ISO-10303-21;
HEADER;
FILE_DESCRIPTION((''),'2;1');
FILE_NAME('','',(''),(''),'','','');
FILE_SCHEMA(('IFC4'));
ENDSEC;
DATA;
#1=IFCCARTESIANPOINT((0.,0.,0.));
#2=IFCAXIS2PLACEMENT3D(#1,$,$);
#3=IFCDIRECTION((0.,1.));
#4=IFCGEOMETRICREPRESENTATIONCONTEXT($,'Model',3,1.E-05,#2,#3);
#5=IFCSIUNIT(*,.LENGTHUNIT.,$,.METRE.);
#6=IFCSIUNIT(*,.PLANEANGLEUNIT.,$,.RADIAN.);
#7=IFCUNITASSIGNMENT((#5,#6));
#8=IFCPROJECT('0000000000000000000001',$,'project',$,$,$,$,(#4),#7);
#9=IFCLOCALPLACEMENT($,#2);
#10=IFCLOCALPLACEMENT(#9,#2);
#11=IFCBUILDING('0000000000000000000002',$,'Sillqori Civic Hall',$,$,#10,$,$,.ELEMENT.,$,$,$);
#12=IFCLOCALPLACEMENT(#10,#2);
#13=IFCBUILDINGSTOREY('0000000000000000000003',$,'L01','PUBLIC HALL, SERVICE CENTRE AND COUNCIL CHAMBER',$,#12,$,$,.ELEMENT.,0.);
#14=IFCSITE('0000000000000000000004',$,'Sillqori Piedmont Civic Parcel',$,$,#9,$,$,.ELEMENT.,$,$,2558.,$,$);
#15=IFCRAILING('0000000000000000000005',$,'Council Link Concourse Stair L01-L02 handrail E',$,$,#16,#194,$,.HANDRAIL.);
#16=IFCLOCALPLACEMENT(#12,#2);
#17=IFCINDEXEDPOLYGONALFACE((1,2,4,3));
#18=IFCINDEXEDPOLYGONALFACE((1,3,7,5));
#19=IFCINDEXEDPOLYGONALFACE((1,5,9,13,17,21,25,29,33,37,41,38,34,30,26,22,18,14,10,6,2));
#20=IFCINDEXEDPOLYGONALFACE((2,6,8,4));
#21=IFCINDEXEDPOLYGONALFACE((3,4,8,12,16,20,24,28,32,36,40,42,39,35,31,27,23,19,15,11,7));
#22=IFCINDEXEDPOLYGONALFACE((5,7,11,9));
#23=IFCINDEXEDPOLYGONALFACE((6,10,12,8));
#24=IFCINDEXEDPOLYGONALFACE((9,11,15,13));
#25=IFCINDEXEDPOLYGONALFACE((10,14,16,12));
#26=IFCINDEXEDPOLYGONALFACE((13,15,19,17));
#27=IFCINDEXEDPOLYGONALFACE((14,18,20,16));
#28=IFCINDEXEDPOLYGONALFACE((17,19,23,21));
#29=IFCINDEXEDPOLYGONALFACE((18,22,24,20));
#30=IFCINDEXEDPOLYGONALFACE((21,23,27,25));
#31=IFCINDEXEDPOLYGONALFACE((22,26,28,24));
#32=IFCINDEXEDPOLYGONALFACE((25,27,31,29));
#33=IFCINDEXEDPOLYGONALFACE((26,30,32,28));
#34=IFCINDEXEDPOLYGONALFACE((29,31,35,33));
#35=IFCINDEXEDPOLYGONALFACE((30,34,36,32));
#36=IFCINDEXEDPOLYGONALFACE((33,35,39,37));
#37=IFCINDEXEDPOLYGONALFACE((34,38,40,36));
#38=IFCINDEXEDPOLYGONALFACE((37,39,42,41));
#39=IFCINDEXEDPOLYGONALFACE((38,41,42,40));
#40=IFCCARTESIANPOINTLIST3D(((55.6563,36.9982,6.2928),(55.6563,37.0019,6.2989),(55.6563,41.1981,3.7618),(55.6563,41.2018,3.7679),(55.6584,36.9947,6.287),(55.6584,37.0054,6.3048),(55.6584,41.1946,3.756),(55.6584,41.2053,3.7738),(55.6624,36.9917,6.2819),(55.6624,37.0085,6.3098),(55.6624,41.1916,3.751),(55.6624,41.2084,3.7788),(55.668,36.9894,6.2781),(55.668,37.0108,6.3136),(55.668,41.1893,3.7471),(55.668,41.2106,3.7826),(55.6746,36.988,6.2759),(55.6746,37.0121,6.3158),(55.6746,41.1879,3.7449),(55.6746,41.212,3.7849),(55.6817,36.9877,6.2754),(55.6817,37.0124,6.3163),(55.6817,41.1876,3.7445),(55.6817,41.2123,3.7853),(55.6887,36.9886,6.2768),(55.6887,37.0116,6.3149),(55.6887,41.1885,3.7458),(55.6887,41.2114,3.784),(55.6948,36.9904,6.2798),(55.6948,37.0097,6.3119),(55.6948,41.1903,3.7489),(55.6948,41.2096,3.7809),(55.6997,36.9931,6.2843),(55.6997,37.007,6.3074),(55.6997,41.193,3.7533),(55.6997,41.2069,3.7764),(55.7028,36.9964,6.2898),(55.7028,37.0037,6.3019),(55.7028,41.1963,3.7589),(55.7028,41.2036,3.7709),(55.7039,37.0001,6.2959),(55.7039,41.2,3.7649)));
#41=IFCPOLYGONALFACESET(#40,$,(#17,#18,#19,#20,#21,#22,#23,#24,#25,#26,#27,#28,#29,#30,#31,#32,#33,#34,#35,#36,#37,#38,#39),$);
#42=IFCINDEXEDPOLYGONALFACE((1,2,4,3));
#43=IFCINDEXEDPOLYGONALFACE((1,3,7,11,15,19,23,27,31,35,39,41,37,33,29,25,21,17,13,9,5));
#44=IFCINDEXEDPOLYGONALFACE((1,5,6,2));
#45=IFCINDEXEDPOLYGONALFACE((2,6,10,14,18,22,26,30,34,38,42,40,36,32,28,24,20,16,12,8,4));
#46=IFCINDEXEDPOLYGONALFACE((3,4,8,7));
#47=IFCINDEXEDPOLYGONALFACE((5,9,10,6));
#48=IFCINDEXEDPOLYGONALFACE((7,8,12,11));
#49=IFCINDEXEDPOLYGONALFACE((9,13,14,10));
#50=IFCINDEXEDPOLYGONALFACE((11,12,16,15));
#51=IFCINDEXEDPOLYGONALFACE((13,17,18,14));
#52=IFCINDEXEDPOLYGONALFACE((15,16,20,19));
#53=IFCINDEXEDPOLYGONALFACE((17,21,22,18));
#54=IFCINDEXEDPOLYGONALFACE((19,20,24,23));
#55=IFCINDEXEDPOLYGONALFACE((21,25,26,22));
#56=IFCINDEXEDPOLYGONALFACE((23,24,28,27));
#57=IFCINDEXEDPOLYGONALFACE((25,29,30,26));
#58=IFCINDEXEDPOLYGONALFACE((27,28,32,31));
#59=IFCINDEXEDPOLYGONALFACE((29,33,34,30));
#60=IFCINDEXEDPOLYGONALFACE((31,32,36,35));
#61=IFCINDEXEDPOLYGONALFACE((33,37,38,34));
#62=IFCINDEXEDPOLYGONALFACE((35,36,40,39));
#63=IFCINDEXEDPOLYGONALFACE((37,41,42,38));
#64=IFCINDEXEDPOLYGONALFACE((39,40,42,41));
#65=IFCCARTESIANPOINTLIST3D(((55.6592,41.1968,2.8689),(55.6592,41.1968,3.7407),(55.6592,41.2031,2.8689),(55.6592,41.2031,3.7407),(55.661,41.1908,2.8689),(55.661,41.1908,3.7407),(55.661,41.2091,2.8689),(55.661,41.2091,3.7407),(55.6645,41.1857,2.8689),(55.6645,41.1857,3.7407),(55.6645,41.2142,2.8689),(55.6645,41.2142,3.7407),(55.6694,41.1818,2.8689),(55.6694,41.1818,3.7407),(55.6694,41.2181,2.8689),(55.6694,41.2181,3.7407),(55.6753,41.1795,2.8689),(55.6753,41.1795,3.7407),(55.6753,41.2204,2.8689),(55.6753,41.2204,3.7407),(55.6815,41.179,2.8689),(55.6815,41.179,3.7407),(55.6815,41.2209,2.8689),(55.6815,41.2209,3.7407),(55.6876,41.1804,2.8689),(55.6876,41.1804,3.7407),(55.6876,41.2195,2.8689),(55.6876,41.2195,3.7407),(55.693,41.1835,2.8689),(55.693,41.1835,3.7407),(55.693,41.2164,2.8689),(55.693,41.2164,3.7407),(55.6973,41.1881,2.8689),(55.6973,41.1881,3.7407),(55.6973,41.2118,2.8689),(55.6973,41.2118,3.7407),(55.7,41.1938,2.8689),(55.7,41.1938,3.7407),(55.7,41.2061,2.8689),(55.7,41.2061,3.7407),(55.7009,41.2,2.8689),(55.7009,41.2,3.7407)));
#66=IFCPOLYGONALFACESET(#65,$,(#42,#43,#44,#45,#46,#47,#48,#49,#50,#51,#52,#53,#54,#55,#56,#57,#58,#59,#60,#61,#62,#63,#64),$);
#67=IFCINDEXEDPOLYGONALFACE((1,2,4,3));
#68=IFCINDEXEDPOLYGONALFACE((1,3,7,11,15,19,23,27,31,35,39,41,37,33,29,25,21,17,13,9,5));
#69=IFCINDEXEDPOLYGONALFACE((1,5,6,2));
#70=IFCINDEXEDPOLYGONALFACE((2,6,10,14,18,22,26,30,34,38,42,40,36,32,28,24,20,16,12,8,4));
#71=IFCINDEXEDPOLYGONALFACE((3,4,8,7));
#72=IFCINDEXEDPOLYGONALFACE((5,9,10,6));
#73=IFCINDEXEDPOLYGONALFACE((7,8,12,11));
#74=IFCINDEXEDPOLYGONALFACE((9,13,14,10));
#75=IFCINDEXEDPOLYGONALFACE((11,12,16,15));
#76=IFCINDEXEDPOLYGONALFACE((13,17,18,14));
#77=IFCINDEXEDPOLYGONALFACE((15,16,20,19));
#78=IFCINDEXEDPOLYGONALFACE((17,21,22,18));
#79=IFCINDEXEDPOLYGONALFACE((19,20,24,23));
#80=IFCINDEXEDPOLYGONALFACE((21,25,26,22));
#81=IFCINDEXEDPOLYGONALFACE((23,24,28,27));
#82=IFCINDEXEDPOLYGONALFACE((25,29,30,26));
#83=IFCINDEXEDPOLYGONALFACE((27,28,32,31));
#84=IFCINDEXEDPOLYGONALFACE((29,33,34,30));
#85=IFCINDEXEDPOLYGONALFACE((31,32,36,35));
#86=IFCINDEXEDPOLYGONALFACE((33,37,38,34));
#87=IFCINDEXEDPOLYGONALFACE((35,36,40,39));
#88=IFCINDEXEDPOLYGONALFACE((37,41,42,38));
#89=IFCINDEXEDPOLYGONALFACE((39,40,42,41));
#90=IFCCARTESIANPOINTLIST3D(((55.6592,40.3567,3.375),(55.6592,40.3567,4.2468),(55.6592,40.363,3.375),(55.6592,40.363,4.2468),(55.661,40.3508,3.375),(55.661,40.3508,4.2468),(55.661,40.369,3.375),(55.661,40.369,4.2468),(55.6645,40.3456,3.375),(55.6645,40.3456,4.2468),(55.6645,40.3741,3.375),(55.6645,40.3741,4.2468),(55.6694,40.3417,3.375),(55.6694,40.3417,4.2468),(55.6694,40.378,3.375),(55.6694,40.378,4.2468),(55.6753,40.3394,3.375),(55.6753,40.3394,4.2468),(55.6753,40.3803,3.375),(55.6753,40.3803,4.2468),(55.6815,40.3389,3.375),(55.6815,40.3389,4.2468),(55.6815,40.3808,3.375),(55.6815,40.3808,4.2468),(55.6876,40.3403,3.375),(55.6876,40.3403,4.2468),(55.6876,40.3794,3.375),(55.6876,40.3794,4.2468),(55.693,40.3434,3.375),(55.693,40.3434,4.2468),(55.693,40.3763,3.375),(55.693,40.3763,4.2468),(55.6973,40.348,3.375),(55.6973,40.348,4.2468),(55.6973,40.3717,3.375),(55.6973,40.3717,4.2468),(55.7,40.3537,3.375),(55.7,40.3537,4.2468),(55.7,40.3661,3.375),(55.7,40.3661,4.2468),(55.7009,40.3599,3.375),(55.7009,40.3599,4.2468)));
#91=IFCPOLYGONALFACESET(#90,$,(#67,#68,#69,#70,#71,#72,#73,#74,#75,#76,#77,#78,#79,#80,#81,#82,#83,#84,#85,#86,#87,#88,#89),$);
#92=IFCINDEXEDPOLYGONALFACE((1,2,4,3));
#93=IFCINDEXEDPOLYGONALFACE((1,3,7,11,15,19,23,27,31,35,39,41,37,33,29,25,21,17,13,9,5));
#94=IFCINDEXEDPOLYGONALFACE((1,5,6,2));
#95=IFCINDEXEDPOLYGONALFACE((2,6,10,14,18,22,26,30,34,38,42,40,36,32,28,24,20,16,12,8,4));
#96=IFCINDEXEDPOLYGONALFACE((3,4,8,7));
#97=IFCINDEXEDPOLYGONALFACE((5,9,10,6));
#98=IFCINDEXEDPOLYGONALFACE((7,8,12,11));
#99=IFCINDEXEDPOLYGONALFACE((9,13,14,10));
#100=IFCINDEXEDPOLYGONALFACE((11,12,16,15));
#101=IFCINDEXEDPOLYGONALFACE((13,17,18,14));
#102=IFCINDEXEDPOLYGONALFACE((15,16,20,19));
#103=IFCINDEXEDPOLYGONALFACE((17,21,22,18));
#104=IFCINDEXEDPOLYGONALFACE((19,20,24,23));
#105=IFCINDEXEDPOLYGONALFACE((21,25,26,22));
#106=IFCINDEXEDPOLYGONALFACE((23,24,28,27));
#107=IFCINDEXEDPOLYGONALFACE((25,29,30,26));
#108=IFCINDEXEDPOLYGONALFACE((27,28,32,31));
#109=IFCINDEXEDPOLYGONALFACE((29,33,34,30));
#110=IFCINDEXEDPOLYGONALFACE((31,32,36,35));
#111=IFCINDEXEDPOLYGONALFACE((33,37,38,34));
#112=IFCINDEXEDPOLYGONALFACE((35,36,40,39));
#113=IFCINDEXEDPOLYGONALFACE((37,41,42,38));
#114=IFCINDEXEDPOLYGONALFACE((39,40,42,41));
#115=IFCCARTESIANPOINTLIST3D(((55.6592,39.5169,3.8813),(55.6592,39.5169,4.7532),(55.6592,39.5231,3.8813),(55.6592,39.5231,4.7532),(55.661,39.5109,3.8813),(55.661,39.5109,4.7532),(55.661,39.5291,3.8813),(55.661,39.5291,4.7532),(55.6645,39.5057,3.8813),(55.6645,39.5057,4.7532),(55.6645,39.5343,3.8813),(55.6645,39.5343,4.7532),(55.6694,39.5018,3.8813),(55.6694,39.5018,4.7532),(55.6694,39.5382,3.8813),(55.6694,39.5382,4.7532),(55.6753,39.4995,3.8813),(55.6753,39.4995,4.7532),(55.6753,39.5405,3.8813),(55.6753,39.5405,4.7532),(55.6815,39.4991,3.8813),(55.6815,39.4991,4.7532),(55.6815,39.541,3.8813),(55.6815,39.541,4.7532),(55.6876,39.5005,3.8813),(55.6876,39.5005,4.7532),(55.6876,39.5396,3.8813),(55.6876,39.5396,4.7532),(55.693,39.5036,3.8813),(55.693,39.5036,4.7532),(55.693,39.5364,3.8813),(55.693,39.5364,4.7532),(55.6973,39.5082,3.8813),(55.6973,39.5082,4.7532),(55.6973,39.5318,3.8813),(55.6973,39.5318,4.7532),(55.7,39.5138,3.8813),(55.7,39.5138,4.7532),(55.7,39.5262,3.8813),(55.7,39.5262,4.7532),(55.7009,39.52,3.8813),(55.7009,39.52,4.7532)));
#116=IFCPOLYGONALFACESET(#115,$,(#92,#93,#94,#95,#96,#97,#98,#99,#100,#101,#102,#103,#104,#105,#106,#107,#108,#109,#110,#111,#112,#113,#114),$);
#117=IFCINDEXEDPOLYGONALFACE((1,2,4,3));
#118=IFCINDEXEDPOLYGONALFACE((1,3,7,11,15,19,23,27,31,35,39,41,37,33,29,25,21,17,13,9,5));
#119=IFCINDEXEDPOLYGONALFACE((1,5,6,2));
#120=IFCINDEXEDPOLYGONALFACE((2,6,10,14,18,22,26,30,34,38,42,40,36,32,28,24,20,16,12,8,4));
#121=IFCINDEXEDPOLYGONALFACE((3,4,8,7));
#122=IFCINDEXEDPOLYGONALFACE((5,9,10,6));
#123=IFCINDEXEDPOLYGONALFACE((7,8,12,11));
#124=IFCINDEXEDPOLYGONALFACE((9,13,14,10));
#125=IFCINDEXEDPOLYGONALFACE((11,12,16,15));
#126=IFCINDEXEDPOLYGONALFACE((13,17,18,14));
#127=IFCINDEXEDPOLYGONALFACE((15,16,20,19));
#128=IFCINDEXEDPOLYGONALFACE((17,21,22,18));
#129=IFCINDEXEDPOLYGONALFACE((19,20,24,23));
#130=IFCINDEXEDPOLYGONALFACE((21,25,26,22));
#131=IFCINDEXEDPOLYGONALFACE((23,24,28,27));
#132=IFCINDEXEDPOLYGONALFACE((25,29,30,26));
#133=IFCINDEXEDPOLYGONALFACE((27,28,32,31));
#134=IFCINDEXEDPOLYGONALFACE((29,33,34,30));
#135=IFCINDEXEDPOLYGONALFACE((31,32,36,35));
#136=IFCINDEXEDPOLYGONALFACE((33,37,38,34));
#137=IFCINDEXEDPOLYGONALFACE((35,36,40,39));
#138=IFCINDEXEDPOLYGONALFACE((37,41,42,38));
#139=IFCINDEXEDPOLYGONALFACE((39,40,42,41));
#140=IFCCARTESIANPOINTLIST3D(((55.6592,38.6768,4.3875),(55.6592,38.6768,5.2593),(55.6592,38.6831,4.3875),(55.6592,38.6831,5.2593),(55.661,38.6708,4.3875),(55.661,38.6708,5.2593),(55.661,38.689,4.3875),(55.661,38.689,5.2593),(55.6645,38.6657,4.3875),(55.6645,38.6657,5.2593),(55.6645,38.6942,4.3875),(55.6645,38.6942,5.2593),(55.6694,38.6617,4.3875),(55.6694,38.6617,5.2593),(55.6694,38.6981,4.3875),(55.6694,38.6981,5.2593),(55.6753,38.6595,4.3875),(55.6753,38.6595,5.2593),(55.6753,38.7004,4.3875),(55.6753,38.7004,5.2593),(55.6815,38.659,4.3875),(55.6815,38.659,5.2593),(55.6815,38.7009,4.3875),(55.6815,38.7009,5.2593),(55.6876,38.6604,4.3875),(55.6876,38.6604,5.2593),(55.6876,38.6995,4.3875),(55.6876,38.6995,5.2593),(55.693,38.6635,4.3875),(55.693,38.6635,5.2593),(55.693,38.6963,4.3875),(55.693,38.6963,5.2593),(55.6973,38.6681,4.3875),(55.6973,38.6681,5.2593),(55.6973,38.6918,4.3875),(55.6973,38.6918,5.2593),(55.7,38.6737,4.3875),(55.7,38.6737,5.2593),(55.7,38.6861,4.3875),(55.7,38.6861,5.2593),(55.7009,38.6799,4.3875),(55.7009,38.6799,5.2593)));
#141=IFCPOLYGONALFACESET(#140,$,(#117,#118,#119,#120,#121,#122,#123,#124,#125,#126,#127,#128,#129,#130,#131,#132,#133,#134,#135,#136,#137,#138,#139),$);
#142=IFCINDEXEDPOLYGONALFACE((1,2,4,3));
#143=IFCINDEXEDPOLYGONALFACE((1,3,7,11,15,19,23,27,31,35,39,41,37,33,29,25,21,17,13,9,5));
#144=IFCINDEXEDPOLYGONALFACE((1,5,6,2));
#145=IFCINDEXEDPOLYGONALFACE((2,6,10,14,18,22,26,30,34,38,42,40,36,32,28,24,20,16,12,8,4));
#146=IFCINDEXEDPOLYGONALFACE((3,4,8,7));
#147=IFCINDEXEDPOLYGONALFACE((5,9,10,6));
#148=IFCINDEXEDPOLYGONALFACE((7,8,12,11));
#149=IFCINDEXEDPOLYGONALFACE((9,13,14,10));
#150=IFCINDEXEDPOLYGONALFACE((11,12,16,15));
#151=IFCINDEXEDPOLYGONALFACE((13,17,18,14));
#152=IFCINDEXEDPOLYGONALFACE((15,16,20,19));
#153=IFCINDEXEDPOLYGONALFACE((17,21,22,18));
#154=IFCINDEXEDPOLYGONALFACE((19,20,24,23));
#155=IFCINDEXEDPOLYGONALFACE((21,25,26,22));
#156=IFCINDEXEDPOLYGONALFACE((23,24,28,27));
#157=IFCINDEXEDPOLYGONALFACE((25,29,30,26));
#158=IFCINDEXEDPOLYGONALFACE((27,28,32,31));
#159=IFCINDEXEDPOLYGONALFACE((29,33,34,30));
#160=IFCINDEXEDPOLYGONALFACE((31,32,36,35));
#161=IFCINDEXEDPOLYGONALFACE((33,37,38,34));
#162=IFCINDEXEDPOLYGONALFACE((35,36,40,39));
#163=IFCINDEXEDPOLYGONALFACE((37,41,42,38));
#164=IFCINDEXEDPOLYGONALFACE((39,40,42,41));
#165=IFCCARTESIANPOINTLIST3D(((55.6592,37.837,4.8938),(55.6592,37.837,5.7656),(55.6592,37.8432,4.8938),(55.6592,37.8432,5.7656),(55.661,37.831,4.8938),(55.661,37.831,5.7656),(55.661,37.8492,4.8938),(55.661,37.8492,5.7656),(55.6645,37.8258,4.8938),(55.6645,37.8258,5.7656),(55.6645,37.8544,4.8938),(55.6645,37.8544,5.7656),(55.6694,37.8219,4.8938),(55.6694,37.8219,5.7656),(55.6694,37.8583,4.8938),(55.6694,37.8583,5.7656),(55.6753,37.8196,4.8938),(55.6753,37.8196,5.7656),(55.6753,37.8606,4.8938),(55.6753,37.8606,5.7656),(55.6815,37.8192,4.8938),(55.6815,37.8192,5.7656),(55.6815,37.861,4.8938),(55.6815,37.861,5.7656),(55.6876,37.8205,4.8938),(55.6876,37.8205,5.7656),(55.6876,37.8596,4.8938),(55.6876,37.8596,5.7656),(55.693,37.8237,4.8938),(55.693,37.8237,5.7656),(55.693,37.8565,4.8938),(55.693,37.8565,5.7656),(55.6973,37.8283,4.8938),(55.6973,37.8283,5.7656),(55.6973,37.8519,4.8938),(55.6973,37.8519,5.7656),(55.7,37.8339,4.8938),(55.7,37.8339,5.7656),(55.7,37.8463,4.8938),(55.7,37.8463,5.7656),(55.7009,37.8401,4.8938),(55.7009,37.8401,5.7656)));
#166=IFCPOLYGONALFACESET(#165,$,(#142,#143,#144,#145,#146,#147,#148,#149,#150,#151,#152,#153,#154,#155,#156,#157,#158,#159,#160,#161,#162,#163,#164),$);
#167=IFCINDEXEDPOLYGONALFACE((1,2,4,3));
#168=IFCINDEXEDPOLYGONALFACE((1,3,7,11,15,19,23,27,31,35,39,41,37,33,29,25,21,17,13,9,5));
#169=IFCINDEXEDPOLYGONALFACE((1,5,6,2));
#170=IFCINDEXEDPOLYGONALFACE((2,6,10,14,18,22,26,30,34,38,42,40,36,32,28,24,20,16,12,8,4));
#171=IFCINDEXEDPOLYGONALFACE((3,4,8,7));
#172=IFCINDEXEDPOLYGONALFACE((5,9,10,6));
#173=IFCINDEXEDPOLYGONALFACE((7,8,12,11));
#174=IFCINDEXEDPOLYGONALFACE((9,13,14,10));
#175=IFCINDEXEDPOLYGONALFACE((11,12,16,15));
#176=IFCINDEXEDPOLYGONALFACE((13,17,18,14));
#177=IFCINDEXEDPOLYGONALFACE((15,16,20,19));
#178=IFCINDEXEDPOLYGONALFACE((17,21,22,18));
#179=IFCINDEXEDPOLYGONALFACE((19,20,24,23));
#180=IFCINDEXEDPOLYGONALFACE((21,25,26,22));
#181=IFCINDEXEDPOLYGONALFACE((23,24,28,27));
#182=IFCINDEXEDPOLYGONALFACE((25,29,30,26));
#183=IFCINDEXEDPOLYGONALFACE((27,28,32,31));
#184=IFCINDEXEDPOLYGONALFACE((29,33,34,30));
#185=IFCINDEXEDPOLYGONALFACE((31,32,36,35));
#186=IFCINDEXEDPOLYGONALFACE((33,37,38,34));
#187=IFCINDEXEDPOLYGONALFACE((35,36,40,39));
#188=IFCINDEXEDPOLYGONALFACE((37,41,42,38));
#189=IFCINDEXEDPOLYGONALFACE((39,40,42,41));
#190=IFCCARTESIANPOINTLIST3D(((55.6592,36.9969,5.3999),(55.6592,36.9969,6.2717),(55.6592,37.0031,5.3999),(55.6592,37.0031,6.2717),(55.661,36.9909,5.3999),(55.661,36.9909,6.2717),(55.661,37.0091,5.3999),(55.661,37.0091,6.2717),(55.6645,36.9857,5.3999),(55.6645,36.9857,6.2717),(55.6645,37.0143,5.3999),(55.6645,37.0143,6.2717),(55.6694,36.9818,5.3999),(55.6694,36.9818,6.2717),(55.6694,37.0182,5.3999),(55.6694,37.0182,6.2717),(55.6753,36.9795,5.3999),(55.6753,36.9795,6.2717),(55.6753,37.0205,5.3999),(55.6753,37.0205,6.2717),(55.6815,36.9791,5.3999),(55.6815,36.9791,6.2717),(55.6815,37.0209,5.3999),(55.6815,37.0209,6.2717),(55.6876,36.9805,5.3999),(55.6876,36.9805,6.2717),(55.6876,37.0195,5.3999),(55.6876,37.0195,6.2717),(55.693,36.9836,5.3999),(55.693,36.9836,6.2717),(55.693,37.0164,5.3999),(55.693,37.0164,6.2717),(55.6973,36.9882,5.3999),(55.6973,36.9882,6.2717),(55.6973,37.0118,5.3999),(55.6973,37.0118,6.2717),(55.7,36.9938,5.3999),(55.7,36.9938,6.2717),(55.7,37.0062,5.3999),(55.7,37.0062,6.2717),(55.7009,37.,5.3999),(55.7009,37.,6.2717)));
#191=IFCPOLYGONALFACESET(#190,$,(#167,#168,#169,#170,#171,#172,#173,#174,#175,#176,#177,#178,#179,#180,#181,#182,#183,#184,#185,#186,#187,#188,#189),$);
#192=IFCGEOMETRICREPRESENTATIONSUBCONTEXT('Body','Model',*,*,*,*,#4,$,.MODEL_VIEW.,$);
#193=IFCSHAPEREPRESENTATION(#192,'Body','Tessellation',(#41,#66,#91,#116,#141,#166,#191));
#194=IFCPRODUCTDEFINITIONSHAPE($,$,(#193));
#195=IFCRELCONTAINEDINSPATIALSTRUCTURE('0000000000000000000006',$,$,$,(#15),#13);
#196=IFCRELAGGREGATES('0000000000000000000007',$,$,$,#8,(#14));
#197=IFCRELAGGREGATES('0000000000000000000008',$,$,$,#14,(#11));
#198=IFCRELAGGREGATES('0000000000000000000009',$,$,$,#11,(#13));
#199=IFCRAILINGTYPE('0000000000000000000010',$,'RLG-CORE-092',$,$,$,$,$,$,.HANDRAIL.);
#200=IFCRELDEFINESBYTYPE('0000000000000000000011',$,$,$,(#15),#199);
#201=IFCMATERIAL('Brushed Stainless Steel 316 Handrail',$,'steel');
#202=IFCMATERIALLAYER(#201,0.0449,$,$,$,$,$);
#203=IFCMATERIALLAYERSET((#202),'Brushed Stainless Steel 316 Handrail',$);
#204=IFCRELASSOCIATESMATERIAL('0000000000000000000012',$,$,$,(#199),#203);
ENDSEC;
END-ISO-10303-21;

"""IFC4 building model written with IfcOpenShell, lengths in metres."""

from ifc_helpers import new_model, si_unit, direction, frame, origin, origin_2d, place, context, subcontext, project, spatial, circle, extrude, material, layer, layer_set, type_object, element, save


model = new_model("IFC4")

# Units and contexts
model_context = context("Model", 3, precision=1e-05, world=origin(), true_north=direction((0.0, 1.0)))
body_context = subcontext(model_context, "Body", "Model", "MODEL_VIEW")
ifc_project = project(units=[si_unit("LENGTHUNIT", "METRE"), si_unit("PLANEANGLEUNIT", "RADIAN")], contexts=[model_context])

# Site, building, storey
site_placement = place(None, origin())
site = spatial("IfcSite", under=ifc_project, at=site_placement, Name="Sillqori Piedmont Civic Parcel", CompositionType="ELEMENT", RefElevation=2558.0)
building_placement = place(site_placement, origin())
building = spatial("IfcBuilding", under=site, at=building_placement, Name="Sillqori Civic Hall", CompositionType="ELEMENT")
storey_placement = place(building_placement, origin())
storey = spatial("IfcBuildingStorey", under=building, at=storey_placement, Name="L01", Description="PUBLIC HALL, SERVICE CENTRE AND COUNCIL CHAMBER", CompositionType="ELEMENT", Elevation=0.0)

# Railing
ifc_material_1 = material(Name="Brushed Stainless Steel 316 Handrail", Category="steel")
ifc_layer_1 = layer(ifc_material_1, 0.0449)
ifc_layer_set_1 = layer_set([ifc_layer_1], Name="Brushed Stainless Steel 316 Handrail")
railing_type_1 = type_object("IfcRailingType", Name="RLG-CORE-092", PredefinedType="HANDRAIL", material=ifc_layer_set_1)
railing_1_placement = place(storey_placement, frame((55.6799, 41.2, 2.8689)))
element("IfcRailing", 1, at=railing_1_placement, inside=storey, type_object=railing_type_1, Name="Council Link Concourse Stair L01-L02 handrail E", PredefinedType="HANDRAIL", context=body_context, shape_type="SweptSolid", body=[
    extrude(circle(Radius=0.0239, at=origin_2d()), frame((0.0, 0.0, 0.896), z_axis=(0.0, -0.856499, 0.51615), x_axis=(1.0, 0.0, 0.0)), (0.0, 0.0, 1.0), 4.9036),
    extrude(circle(Radius=0.021, at=origin_2d()), origin(), (0.0, 0.0, 1.0), 0.8718),
    extrude(circle(Radius=0.021, at=origin_2d()), frame((0.0, -0.8401, 0.5061)), (0.0, 0.0, 1.0), 0.8718),
    extrude(circle(Radius=0.021, at=origin_2d()), frame((0.0, -1.6799, 1.0125)), (0.0, 0.0, 1.0), 0.8718),
    extrude(circle(Radius=0.021, at=origin_2d()), frame((0.0, -2.52, 1.5186)), (0.0, 0.0, 1.0), 0.8718),
    extrude(circle(Radius=0.021, at=origin_2d()), frame((0.0, -3.3599, 2.0249)), (0.0, 0.0, 1.0), 0.8718),
    extrude(circle(Radius=0.021, at=origin_2d()), frame((0.0, -4.2, 2.531)), (0.0, 0.0, 1.0), 0.8718),
])

save(model, "model.ifc")
